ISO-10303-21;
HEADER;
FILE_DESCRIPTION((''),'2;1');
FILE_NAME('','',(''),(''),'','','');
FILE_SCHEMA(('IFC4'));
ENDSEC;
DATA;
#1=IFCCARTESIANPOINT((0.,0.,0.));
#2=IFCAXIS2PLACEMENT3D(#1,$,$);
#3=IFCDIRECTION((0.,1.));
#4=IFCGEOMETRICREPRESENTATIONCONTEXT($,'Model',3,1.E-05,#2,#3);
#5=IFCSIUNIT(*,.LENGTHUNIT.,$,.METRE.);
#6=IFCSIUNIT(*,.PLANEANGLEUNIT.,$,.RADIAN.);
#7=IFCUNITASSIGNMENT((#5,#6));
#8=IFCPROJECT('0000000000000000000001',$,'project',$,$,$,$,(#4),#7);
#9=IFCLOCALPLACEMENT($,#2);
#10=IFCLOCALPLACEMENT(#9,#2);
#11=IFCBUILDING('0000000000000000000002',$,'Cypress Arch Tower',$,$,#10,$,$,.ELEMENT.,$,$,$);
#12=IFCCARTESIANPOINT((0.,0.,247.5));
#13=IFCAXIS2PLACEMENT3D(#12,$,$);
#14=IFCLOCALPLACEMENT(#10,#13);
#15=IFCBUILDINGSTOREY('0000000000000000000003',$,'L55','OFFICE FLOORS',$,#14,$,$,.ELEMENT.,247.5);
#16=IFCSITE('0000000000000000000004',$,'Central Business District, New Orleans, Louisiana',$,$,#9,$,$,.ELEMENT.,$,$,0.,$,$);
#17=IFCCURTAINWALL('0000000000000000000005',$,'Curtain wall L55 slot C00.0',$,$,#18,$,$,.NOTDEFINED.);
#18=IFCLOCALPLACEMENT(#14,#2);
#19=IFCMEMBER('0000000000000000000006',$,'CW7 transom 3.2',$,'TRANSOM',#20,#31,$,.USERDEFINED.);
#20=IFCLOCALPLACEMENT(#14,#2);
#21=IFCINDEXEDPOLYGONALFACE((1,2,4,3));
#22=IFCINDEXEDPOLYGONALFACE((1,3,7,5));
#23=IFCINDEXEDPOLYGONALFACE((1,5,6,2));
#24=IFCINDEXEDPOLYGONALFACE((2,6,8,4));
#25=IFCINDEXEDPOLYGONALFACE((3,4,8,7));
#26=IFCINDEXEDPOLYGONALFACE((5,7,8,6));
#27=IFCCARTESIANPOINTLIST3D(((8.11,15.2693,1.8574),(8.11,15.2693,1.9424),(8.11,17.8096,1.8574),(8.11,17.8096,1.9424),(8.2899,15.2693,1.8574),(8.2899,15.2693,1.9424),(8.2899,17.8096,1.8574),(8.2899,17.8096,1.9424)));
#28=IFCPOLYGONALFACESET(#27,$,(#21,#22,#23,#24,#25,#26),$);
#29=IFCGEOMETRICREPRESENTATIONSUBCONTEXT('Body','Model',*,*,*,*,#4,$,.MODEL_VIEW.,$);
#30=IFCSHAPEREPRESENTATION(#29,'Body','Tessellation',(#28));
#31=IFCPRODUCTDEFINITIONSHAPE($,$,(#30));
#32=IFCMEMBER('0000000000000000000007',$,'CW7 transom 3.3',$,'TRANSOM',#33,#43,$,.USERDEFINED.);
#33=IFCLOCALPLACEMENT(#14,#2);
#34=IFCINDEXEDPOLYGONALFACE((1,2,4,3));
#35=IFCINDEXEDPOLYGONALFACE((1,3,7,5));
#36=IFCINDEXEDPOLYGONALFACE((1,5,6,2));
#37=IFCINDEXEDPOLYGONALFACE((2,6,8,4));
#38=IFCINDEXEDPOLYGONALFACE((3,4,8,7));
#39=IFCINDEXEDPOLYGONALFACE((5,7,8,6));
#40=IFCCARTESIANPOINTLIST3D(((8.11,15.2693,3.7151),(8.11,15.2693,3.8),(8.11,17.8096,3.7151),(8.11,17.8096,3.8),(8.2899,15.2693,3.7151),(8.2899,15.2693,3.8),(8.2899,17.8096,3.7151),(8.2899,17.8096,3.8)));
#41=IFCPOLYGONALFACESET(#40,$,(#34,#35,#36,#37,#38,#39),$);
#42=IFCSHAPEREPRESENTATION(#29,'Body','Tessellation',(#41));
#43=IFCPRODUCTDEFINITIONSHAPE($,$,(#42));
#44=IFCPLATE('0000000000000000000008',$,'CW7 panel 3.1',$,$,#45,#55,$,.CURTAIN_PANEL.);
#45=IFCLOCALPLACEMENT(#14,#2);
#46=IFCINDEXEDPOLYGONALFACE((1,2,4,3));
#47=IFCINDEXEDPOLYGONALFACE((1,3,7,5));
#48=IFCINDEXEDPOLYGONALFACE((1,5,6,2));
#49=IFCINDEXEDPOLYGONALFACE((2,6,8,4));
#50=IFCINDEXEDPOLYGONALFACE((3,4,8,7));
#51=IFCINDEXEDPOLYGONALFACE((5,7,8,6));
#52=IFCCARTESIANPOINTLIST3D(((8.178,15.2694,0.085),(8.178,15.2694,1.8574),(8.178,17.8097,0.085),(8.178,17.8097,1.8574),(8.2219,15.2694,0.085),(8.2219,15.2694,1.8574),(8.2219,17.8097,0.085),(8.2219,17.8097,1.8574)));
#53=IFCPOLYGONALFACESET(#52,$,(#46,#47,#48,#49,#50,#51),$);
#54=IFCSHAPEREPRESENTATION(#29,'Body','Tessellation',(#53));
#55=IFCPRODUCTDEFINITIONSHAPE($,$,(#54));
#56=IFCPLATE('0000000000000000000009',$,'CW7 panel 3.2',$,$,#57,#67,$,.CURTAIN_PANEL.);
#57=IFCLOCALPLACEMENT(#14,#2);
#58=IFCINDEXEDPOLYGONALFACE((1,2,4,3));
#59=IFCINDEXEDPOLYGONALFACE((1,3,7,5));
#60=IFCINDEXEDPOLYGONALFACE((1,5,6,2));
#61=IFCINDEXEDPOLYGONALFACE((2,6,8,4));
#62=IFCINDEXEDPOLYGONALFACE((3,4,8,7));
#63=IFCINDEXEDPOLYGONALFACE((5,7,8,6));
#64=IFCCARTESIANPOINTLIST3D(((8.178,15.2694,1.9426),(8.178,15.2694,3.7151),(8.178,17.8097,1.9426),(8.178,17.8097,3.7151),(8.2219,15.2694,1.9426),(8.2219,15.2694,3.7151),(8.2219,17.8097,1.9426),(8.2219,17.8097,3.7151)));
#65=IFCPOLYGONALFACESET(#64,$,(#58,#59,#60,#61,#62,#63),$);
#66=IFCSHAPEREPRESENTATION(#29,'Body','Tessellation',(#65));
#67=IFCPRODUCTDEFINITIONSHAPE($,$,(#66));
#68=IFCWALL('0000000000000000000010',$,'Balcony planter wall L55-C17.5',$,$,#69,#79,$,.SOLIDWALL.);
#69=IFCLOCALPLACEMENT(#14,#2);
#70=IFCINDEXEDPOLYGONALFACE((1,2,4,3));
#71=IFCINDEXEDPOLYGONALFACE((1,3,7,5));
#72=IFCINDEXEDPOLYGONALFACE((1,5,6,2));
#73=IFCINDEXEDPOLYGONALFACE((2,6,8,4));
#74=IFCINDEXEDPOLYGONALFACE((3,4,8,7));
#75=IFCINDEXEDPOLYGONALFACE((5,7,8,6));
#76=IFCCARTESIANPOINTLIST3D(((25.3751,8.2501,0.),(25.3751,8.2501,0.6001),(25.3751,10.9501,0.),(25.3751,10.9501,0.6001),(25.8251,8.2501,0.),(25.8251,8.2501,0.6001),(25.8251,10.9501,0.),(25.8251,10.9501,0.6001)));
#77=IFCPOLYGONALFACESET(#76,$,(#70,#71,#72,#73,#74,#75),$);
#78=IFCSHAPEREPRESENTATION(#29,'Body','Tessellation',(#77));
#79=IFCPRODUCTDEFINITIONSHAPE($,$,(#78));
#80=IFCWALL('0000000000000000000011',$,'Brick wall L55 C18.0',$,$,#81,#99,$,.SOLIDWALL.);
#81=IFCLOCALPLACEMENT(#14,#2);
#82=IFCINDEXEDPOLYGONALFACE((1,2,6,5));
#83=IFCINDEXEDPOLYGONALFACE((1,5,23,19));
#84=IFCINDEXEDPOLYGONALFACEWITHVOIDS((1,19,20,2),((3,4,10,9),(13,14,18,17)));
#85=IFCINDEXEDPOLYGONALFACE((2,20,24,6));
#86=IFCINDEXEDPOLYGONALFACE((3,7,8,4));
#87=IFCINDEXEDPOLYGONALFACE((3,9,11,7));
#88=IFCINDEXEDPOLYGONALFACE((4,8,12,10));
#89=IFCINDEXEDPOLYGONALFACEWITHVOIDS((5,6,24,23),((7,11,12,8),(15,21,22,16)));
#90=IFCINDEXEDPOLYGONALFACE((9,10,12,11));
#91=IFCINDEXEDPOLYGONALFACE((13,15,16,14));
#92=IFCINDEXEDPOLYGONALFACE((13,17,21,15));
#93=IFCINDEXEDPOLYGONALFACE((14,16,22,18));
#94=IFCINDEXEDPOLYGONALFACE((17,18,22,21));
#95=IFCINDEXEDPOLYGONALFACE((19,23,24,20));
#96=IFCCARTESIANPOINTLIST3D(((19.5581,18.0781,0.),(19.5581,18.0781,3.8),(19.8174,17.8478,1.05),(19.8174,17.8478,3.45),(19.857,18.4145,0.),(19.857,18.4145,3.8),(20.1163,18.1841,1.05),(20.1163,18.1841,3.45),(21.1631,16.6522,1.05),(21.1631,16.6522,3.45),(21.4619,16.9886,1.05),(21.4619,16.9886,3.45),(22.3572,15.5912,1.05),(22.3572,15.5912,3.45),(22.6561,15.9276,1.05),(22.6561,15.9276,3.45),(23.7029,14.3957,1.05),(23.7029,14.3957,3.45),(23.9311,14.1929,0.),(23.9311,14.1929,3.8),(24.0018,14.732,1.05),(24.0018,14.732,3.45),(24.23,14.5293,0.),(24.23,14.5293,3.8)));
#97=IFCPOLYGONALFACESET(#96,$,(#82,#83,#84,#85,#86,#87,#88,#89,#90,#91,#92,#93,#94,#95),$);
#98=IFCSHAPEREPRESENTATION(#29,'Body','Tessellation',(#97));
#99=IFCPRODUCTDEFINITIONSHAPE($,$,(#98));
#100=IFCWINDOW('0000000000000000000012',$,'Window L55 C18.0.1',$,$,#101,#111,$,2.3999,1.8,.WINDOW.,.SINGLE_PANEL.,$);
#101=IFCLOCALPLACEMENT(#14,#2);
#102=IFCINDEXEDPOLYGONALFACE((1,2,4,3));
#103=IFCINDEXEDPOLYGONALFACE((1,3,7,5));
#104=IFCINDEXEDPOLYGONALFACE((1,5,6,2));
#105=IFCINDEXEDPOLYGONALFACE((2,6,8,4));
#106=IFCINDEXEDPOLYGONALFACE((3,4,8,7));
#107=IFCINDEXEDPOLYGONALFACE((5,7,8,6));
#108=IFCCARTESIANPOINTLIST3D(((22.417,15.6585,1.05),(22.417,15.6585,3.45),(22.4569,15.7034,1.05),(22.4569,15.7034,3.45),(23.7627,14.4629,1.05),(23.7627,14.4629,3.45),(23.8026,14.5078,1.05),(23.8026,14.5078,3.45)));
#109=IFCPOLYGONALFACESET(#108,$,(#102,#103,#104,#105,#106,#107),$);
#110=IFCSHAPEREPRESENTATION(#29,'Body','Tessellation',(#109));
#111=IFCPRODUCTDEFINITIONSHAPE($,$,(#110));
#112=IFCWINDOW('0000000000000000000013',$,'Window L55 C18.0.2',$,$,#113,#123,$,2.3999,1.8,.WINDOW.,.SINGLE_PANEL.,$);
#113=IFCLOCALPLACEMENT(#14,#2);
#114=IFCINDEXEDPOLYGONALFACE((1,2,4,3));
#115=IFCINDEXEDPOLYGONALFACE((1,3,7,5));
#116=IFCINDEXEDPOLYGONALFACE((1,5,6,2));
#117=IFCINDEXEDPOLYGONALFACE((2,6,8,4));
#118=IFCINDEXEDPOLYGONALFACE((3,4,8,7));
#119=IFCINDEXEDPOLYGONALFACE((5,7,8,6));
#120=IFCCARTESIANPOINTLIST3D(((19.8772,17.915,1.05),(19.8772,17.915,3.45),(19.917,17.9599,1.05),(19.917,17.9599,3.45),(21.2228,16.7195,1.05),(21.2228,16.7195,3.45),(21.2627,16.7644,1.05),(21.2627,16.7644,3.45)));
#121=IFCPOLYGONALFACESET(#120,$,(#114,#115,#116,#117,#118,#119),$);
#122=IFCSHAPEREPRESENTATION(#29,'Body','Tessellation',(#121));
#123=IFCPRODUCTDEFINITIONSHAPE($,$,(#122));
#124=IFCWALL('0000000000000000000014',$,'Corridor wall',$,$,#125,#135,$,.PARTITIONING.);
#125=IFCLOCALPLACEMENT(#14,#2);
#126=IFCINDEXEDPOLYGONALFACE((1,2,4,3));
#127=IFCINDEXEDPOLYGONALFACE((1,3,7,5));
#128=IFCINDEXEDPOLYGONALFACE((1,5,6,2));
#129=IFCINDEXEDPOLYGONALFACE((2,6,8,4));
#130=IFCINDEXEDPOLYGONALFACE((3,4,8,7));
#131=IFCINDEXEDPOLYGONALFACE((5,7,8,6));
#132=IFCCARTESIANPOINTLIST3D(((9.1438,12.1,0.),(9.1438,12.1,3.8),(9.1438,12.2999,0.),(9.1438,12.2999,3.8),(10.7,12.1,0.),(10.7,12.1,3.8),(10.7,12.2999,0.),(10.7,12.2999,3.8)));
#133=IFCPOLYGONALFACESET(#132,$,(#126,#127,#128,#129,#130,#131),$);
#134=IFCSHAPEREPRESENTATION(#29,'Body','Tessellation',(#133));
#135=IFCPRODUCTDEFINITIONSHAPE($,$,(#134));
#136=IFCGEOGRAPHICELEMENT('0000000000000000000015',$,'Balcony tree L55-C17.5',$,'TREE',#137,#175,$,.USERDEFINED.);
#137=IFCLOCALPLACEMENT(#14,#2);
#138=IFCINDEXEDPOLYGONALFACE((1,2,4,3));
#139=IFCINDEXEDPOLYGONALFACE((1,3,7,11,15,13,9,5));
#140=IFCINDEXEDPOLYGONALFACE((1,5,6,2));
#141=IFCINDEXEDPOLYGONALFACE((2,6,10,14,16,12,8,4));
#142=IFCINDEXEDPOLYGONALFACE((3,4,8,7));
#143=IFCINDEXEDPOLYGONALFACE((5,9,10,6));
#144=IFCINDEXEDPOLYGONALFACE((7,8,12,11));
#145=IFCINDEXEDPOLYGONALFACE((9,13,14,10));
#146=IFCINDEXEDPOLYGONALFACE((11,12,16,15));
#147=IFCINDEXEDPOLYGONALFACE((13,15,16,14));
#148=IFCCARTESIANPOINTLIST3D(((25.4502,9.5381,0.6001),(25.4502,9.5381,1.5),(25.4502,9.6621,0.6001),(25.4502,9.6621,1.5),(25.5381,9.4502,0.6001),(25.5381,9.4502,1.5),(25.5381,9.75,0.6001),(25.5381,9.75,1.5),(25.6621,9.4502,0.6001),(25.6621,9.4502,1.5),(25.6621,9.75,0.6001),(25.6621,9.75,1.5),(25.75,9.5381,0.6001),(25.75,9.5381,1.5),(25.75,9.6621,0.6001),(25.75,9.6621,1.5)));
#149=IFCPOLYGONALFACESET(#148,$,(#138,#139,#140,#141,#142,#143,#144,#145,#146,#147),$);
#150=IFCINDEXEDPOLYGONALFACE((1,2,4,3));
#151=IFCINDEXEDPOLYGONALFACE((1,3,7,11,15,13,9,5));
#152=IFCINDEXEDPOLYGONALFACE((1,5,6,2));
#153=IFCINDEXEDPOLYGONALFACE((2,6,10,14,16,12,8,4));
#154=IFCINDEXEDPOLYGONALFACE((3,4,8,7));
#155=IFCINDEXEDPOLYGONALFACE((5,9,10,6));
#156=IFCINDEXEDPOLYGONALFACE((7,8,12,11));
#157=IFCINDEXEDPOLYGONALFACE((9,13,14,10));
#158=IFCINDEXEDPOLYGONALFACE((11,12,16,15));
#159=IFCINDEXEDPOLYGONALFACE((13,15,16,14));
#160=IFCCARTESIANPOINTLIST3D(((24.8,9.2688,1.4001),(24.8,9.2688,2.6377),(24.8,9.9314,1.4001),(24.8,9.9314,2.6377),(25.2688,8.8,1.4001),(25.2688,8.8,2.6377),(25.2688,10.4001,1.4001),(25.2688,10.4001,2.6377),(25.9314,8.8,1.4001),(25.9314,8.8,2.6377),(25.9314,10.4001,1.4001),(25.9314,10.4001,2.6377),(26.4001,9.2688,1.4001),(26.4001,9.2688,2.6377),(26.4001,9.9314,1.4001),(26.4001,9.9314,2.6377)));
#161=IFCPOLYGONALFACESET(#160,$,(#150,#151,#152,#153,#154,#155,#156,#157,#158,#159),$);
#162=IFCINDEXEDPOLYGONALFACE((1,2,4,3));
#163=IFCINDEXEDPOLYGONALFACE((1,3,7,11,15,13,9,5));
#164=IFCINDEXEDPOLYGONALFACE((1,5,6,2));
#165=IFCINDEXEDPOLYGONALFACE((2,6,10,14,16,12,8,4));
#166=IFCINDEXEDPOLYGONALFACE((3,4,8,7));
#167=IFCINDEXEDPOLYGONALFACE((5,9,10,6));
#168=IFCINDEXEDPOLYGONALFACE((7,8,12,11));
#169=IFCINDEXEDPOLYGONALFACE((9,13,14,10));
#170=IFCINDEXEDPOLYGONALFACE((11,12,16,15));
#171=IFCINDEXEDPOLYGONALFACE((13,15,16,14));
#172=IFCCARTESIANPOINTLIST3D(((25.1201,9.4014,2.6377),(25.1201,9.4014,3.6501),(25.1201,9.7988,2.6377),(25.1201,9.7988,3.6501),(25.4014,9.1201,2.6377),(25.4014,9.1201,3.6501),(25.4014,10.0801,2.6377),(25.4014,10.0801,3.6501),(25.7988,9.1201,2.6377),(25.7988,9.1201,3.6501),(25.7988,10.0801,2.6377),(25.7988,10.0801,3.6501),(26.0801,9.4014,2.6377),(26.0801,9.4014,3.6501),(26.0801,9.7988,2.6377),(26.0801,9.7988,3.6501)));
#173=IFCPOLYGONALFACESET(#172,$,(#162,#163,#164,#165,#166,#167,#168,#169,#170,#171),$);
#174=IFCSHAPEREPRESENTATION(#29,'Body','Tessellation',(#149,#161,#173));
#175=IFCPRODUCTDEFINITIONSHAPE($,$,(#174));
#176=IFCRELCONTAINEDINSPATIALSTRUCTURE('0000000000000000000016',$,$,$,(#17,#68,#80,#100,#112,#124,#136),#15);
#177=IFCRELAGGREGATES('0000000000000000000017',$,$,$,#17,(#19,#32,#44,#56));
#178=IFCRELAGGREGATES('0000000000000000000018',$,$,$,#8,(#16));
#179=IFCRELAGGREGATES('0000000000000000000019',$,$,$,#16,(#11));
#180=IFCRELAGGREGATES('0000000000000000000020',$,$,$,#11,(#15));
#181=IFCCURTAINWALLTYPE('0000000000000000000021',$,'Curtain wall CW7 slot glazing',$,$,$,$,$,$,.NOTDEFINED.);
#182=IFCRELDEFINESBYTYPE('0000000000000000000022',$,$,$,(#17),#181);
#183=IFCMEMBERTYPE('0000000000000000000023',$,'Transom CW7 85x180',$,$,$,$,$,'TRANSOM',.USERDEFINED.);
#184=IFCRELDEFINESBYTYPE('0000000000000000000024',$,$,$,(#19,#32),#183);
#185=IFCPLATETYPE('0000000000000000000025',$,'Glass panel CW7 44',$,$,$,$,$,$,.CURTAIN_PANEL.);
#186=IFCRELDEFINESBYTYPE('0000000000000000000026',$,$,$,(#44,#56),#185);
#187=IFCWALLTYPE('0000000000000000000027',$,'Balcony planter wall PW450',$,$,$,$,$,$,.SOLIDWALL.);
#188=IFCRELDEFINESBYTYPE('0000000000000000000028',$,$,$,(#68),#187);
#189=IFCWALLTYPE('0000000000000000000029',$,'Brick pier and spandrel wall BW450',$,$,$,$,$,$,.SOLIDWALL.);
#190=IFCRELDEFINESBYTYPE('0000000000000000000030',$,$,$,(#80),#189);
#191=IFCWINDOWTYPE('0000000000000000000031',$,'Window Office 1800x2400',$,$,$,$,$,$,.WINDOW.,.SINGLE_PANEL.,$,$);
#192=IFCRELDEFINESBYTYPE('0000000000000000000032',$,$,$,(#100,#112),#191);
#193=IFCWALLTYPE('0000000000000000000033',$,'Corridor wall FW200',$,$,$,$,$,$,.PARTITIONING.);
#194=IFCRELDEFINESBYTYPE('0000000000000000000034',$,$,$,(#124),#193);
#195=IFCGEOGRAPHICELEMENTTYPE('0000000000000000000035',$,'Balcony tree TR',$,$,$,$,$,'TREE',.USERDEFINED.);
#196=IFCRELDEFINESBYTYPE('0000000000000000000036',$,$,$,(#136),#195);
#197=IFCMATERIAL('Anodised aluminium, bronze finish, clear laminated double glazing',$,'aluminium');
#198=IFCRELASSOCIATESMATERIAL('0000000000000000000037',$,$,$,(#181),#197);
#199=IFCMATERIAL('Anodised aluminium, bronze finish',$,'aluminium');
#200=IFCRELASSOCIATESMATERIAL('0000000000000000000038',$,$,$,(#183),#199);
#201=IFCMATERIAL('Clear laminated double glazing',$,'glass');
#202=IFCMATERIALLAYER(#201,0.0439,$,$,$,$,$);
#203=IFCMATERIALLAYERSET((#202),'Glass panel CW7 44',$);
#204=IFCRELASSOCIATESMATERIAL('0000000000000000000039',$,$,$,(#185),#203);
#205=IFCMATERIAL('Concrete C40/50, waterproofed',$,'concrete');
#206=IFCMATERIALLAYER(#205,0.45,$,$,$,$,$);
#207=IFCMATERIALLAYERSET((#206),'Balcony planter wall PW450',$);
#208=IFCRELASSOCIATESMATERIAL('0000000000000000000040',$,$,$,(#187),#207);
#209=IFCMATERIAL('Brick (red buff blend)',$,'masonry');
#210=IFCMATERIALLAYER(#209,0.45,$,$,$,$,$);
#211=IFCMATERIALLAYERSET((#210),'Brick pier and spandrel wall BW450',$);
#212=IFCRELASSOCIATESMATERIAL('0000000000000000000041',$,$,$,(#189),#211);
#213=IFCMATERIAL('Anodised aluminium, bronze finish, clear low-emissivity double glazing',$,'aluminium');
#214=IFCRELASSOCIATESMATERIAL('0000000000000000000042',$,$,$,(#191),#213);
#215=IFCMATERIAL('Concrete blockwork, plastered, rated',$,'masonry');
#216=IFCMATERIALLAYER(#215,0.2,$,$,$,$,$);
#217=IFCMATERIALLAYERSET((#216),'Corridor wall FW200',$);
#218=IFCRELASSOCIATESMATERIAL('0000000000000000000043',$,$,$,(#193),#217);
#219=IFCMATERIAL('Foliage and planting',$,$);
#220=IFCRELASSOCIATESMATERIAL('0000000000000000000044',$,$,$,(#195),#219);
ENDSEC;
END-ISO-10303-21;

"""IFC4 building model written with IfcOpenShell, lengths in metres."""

from ifc_helpers import new_model, si_unit, direction, frame, frame_2d, origin, origin_2d, place, context, subcontext, project, spatial, polyline, rectangle, outline, extrude, material, layer, layer_set, material_profile, profile_set, type_object, element, fill, aggregate, save


model = new_model("IFC4")

# Units and contexts
model_context = context("Model", 3, precision=1e-05, world=origin(), true_north=direction((0.0, 1.0)))
body_context = subcontext(model_context, "Body", "Model", "MODEL_VIEW")
ifc_project = project(units=[si_unit("LENGTHUNIT", "METRE"), si_unit("PLANEANGLEUNIT", "RADIAN")], contexts=[model_context])

# Site, building, storey
site_placement = place(None, origin())
site = spatial("IfcSite", under=ifc_project, at=site_placement, Name="Central Business District, New Orleans, Louisiana", CompositionType="ELEMENT", RefElevation=0.0)
building_placement = place(site_placement, origin())
building = spatial("IfcBuilding", under=site, at=building_placement, Name="Cypress Arch Tower", CompositionType="ELEMENT")
storey_placement = place(building_placement, frame((0.0, 0.0, 247.5)))
storey = spatial("IfcBuildingStorey", under=building, at=storey_placement, Name="L55", Description="OFFICE FLOORS", CompositionType="ELEMENT", Elevation=247.5)

# Curtain wall
ifc_material_1 = material(Name="Anodised aluminium, bronze finish, clear laminated double glazing", Category="aluminium")
curtain_wall_type = type_object("IfcCurtainWallType", Name="Curtain wall CW7 slot glazing", PredefinedType="NOTDEFINED", material=ifc_material_1)
curtain_wall_placement = place(storey_placement, origin())
curtain_wall = element("IfcCurtainWall", 1, at=curtain_wall_placement, inside=storey, type_object=curtain_wall_type, Name="Curtain wall L55 slot C00.0", PredefinedType="NOTDEFINED")

# Members
ifc_material_2 = material(Name="Anodised aluminium, bronze finish", Category="aluminium")
ifc_material_profile_1 = material_profile(ifc_material_2, rectangle(XDim=0.1799, YDim=0.085, at=origin_2d()), Name="Transom 85x180")
ifc_profile_set_1 = profile_set([ifc_material_profile_1], Name="Anodised aluminium, bronze finish")
member_type_1 = type_object("IfcMemberType", Name="Transom CW7 85x180", ElementType="TRANSOM", PredefinedType="USERDEFINED", material=ifc_profile_set_1)
member_1_placement = place(storey_placement, frame((8.2, 17.8096, 1.8999), z_axis=(0.0, -1.0, 0.0), x_axis=(1.0, 0.0, 0.0)))
member_1 = element("IfcMember", 2, at=member_1_placement, type_object=member_type_1, Name="CW7 transom 3.2", ObjectType="TRANSOM", PredefinedType="USERDEFINED", context=body_context, shape_type="SweptSolid", body=[
    extrude(rectangle(XDim=0.1799, YDim=0.085, at=origin_2d()), origin(), (0.0, 0.0, 1.0), 2.5403),
])
member_2_placement = place(storey_placement, frame((8.2, 17.8096, 3.7576), z_axis=(0.0, -1.0, 0.0), x_axis=(1.0, 0.0, 0.0)))
member_2 = element("IfcMember", 3, at=member_2_placement, type_object=member_type_1, Name="CW7 transom 3.3", ObjectType="TRANSOM", PredefinedType="USERDEFINED", context=body_context, shape_type="SweptSolid", body=[
    extrude(rectangle(XDim=0.1799, YDim=0.085, at=origin_2d()), origin(), (0.0, 0.0, 1.0), 2.5403),
])

# Plates
ifc_material_3 = material(Name="Clear laminated double glazing", Category="glass")
ifc_layer_1 = layer(ifc_material_3, 0.0439)
ifc_layer_set_1 = layer_set([ifc_layer_1], Name="Glass panel CW7 44")
plate_type = type_object("IfcPlateType", Name="Glass panel CW7 44", PredefinedType="CURTAIN_PANEL", material=ifc_layer_set_1)
plate_1_placement = place(storey_placement, frame((8.2, 16.5396, 0.085), z_axis=(0.0, 0.0, 1.0), x_axis=(0.0, -1.0, 0.0)))
plate_1 = element("IfcPlate", 4, at=plate_1_placement, type_object=plate_type, Name="CW7 panel 3.1", PredefinedType="CURTAIN_PANEL", context=body_context, shape_type="SweptSolid", body=[
    extrude(rectangle(XDim=2.5403, YDim=0.0439, at=origin_2d()), origin(), (0.0, 0.0, 1.0), 1.7725),
])
plate_2_placement = place(storey_placement, frame((8.2, 16.5396, 1.9426), z_axis=(0.0, 0.0, 1.0), x_axis=(0.0, -1.0, 0.0)))
plate_2 = element("IfcPlate", 5, at=plate_2_placement, type_object=plate_type, Name="CW7 panel 3.2", PredefinedType="CURTAIN_PANEL", context=body_context, shape_type="SweptSolid", body=[
    extrude(rectangle(XDim=2.5403, YDim=0.0439, at=origin_2d()), origin(), (0.0, 0.0, 1.0), 1.7725),
])
aggregate(curtain_wall, [member_1, member_2, plate_1, plate_2])

# Wall
ifc_material_4 = material(Name="Concrete C40/50, waterproofed", Category="concrete")
ifc_layer_2 = layer(ifc_material_4, 0.45)
ifc_layer_set_2 = layer_set([ifc_layer_2], Name="Balcony planter wall PW450")
wall_type_1 = type_object("IfcWallType", Name="Balcony planter wall PW450", PredefinedType="SOLIDWALL", material=ifc_layer_set_2)
wall_1_placement = place(storey_placement, frame((25.6001, 8.25, 0.0), z_axis=(0.0, 0.0, 1.0), x_axis=(0.0, 1.0, 0.0)))
element("IfcWall", 6, at=wall_1_placement, inside=storey, type_object=wall_type_1, Name="Balcony planter wall L55-C17.5", PredefinedType="SOLIDWALL", context=body_context, shape_type="SweptSolid", body=[
    extrude(rectangle(XDim=2.7, YDim=0.45, at=frame_2d((1.3501, 0.0))), origin(), (0.0, 0.0, 1.0), 0.6001),
])

# Shared definitions
ifc_material_5 = material(Name="Brick (red buff blend)", Category="masonry")
ifc_layer_3 = layer(ifc_material_5, 0.45)
ifc_layer_set_3 = layer_set([ifc_layer_3], Name="Brick pier and spandrel wall BW450")
wall_type_2 = type_object("IfcWallType", Name="Brick pier and spandrel wall BW450", PredefinedType="SOLIDWALL", material=ifc_layer_set_3)

# Wall, openings, windows
wall_2_placement = place(storey_placement, frame((24.0806, 14.3611, 0.0), z_axis=(0.0, 0.0, 1.0), x_axis=(-0.74757, 0.664182, 0.0)))
wall_2 = element("IfcWall", 7, at=wall_2_placement, inside=storey, type_object=wall_type_2, Name="Brick wall L55 C18.0", PredefinedType="SOLIDWALL", context=body_context, shape_type="SweptSolid", body=[
    extrude(rectangle(XDim=5.8496, YDim=0.45, at=frame_2d((2.9248, 0.0))), origin(), (0.0, 0.0, 1.0), 3.8),
])
opening_1_placement = place(wall_2_placement, frame((0.3054, 0.0, 1.05)))
opening_1 = element("IfcOpeningElement", 8, at=opening_1_placement, cuts=wall_2, PredefinedType="OPENING", context=body_context, shape_type="SweptSolid", body=[
    extrude(rectangle(XDim=1.8, YDim=2.3999, at=frame_2d((0.8999, 1.2))), frame((0.0, 0.2349, 0.0), z_axis=(0.0, -1.0, 0.0), x_axis=(1.0, 0.0, 0.0)), (0.0, 0.0, 1.0), 0.47),
])
opening_2_placement = place(wall_2_placement, frame((3.7029, 0.0, 1.05)))
opening_2 = element("IfcOpeningElement", 9, at=opening_2_placement, cuts=wall_2, PredefinedType="OPENING", context=body_context, shape_type="SweptSolid", body=[
    extrude(rectangle(XDim=1.8, YDim=2.3999, at=frame_2d((0.8999, 1.2))), frame((0.0, 0.2349, 0.0), z_axis=(0.0, -1.0, 0.0), x_axis=(1.0, 0.0, 0.0)), (0.0, 0.0, 1.0), 0.47),
])
ifc_material_6 = material(Name="Anodised aluminium, bronze finish, clear low-emissivity double glazing", Category="aluminium")
window_type_1 = type_object("IfcWindowType", Name="Window Office 1800x2400", PartitioningType="SINGLE_PANEL", PredefinedType="WINDOW", material=ifc_material_6)
window_1_placement = place(opening_1_placement, origin())
window_1 = element("IfcWindow", 10, at=window_1_placement, inside=storey, type_object=window_type_1, Name="Window L55 C18.0.1", OverallHeight=2.3999, OverallWidth=1.8, PartitioningType="SINGLE_PANEL", PredefinedType="WINDOW", context=body_context, shape_type="SweptSolid", body=[
    extrude(rectangle(XDim=1.8, YDim=2.3999, at=frame_2d((0.8999, 1.2))), frame((0.0, 0.135, 0.0), z_axis=(0.0, -1.0, 0.0), x_axis=(1.0, 0.0, 0.0)), (0.0, 0.0, 1.0), 0.0601),
])
fill(opening_1, window_1)
window_2_placement = place(opening_2_placement, origin())
window_2 = element("IfcWindow", 11, at=window_2_placement, inside=storey, type_object=window_type_1, Name="Window L55 C18.0.2", OverallHeight=2.3999, OverallWidth=1.8, PartitioningType="SINGLE_PANEL", PredefinedType="WINDOW", context=body_context, shape_type="SweptSolid", body=[
    extrude(rectangle(XDim=1.8, YDim=2.3999, at=frame_2d((0.8999, 1.2))), frame((0.0, 0.135, 0.0), z_axis=(0.0, -1.0, 0.0), x_axis=(1.0, 0.0, 0.0)), (0.0, 0.0, 1.0), 0.0601),
])
fill(opening_2, window_2)

# Wall
ifc_material_7 = material(Name="Concrete blockwork, plastered, rated", Category="masonry")
ifc_layer_4 = layer(ifc_material_7, 0.2)
ifc_layer_set_4 = layer_set([ifc_layer_4], Name="Corridor wall FW200")
wall_type_3 = type_object("IfcWallType", Name="Corridor wall FW200", PredefinedType="PARTITIONING", material=ifc_layer_set_4)
wall_3_placement = place(storey_placement, frame((9.1438, 12.2, 0.0), z_axis=(0.0, 0.0, 1.0), x_axis=(1.0, 0.0, 0.0)))
element("IfcWall", 12, at=wall_3_placement, inside=storey, type_object=wall_type_3, Name="Corridor wall", PredefinedType="PARTITIONING", context=body_context, shape_type="SweptSolid", body=[
    extrude(rectangle(XDim=1.5562, YDim=0.2, at=frame_2d((0.7781, 0.0))), origin(), (0.0, 0.0, 1.0), 3.8),
])

# Geographic element
ifc_material_8 = material(Name="Foliage and planting")
geographic_element_type = type_object("IfcGeographicElementType", Name="Balcony tree TR", ElementType="TREE", PredefinedType="USERDEFINED", material=ifc_material_8)
geographic_element_placement = place(storey_placement, frame((25.6001, 9.6001, 0.6001), z_axis=(0.0, 0.0, 1.0), x_axis=(1.0, 0.0, 0.0)))
element("IfcGeographicElement", 13, at=geographic_element_placement, inside=storey, type_object=geographic_element_type, Name="Balcony tree L55-C17.5", ObjectType="TREE", PredefinedType="USERDEFINED", context=body_context, shape_type="SweptSolid", body=[
    extrude(outline(polyline([(0.1499, 0.062), (0.062, 0.1499), (-0.062, 0.1499), (-0.1499, 0.062), (-0.1499, -0.062), (-0.062, -0.1499), (0.062, -0.1499), (0.1499, -0.062), (0.1499, 0.062)])), origin(), (0.0, 0.0, 1.0), 0.8999),
    extrude(outline(polyline([(0.8, 0.3313), (0.3313, 0.8), (-0.3313, 0.8), (-0.8, 0.3313), (-0.8, -0.3313), (-0.3313, -0.8), (0.3313, -0.8), (0.8, -0.3313), (0.8, 0.3313)])), frame((0.0, 0.0, 0.8)), (0.0, 0.0, 1.0), 1.2375),
    extrude(outline(polyline([(0.48, 0.1987), (0.1987, 0.48), (-0.1987, 0.48), (-0.48, 0.1987), (-0.48, -0.1987), (-0.1987, -0.48), (0.1987, -0.48), (0.48, -0.1987), (0.48, 0.1987)])), frame((0.0, 0.0, 2.0376)), (0.0, 0.0, 1.0), 1.0125),
])

save(model, "model.ifc")
